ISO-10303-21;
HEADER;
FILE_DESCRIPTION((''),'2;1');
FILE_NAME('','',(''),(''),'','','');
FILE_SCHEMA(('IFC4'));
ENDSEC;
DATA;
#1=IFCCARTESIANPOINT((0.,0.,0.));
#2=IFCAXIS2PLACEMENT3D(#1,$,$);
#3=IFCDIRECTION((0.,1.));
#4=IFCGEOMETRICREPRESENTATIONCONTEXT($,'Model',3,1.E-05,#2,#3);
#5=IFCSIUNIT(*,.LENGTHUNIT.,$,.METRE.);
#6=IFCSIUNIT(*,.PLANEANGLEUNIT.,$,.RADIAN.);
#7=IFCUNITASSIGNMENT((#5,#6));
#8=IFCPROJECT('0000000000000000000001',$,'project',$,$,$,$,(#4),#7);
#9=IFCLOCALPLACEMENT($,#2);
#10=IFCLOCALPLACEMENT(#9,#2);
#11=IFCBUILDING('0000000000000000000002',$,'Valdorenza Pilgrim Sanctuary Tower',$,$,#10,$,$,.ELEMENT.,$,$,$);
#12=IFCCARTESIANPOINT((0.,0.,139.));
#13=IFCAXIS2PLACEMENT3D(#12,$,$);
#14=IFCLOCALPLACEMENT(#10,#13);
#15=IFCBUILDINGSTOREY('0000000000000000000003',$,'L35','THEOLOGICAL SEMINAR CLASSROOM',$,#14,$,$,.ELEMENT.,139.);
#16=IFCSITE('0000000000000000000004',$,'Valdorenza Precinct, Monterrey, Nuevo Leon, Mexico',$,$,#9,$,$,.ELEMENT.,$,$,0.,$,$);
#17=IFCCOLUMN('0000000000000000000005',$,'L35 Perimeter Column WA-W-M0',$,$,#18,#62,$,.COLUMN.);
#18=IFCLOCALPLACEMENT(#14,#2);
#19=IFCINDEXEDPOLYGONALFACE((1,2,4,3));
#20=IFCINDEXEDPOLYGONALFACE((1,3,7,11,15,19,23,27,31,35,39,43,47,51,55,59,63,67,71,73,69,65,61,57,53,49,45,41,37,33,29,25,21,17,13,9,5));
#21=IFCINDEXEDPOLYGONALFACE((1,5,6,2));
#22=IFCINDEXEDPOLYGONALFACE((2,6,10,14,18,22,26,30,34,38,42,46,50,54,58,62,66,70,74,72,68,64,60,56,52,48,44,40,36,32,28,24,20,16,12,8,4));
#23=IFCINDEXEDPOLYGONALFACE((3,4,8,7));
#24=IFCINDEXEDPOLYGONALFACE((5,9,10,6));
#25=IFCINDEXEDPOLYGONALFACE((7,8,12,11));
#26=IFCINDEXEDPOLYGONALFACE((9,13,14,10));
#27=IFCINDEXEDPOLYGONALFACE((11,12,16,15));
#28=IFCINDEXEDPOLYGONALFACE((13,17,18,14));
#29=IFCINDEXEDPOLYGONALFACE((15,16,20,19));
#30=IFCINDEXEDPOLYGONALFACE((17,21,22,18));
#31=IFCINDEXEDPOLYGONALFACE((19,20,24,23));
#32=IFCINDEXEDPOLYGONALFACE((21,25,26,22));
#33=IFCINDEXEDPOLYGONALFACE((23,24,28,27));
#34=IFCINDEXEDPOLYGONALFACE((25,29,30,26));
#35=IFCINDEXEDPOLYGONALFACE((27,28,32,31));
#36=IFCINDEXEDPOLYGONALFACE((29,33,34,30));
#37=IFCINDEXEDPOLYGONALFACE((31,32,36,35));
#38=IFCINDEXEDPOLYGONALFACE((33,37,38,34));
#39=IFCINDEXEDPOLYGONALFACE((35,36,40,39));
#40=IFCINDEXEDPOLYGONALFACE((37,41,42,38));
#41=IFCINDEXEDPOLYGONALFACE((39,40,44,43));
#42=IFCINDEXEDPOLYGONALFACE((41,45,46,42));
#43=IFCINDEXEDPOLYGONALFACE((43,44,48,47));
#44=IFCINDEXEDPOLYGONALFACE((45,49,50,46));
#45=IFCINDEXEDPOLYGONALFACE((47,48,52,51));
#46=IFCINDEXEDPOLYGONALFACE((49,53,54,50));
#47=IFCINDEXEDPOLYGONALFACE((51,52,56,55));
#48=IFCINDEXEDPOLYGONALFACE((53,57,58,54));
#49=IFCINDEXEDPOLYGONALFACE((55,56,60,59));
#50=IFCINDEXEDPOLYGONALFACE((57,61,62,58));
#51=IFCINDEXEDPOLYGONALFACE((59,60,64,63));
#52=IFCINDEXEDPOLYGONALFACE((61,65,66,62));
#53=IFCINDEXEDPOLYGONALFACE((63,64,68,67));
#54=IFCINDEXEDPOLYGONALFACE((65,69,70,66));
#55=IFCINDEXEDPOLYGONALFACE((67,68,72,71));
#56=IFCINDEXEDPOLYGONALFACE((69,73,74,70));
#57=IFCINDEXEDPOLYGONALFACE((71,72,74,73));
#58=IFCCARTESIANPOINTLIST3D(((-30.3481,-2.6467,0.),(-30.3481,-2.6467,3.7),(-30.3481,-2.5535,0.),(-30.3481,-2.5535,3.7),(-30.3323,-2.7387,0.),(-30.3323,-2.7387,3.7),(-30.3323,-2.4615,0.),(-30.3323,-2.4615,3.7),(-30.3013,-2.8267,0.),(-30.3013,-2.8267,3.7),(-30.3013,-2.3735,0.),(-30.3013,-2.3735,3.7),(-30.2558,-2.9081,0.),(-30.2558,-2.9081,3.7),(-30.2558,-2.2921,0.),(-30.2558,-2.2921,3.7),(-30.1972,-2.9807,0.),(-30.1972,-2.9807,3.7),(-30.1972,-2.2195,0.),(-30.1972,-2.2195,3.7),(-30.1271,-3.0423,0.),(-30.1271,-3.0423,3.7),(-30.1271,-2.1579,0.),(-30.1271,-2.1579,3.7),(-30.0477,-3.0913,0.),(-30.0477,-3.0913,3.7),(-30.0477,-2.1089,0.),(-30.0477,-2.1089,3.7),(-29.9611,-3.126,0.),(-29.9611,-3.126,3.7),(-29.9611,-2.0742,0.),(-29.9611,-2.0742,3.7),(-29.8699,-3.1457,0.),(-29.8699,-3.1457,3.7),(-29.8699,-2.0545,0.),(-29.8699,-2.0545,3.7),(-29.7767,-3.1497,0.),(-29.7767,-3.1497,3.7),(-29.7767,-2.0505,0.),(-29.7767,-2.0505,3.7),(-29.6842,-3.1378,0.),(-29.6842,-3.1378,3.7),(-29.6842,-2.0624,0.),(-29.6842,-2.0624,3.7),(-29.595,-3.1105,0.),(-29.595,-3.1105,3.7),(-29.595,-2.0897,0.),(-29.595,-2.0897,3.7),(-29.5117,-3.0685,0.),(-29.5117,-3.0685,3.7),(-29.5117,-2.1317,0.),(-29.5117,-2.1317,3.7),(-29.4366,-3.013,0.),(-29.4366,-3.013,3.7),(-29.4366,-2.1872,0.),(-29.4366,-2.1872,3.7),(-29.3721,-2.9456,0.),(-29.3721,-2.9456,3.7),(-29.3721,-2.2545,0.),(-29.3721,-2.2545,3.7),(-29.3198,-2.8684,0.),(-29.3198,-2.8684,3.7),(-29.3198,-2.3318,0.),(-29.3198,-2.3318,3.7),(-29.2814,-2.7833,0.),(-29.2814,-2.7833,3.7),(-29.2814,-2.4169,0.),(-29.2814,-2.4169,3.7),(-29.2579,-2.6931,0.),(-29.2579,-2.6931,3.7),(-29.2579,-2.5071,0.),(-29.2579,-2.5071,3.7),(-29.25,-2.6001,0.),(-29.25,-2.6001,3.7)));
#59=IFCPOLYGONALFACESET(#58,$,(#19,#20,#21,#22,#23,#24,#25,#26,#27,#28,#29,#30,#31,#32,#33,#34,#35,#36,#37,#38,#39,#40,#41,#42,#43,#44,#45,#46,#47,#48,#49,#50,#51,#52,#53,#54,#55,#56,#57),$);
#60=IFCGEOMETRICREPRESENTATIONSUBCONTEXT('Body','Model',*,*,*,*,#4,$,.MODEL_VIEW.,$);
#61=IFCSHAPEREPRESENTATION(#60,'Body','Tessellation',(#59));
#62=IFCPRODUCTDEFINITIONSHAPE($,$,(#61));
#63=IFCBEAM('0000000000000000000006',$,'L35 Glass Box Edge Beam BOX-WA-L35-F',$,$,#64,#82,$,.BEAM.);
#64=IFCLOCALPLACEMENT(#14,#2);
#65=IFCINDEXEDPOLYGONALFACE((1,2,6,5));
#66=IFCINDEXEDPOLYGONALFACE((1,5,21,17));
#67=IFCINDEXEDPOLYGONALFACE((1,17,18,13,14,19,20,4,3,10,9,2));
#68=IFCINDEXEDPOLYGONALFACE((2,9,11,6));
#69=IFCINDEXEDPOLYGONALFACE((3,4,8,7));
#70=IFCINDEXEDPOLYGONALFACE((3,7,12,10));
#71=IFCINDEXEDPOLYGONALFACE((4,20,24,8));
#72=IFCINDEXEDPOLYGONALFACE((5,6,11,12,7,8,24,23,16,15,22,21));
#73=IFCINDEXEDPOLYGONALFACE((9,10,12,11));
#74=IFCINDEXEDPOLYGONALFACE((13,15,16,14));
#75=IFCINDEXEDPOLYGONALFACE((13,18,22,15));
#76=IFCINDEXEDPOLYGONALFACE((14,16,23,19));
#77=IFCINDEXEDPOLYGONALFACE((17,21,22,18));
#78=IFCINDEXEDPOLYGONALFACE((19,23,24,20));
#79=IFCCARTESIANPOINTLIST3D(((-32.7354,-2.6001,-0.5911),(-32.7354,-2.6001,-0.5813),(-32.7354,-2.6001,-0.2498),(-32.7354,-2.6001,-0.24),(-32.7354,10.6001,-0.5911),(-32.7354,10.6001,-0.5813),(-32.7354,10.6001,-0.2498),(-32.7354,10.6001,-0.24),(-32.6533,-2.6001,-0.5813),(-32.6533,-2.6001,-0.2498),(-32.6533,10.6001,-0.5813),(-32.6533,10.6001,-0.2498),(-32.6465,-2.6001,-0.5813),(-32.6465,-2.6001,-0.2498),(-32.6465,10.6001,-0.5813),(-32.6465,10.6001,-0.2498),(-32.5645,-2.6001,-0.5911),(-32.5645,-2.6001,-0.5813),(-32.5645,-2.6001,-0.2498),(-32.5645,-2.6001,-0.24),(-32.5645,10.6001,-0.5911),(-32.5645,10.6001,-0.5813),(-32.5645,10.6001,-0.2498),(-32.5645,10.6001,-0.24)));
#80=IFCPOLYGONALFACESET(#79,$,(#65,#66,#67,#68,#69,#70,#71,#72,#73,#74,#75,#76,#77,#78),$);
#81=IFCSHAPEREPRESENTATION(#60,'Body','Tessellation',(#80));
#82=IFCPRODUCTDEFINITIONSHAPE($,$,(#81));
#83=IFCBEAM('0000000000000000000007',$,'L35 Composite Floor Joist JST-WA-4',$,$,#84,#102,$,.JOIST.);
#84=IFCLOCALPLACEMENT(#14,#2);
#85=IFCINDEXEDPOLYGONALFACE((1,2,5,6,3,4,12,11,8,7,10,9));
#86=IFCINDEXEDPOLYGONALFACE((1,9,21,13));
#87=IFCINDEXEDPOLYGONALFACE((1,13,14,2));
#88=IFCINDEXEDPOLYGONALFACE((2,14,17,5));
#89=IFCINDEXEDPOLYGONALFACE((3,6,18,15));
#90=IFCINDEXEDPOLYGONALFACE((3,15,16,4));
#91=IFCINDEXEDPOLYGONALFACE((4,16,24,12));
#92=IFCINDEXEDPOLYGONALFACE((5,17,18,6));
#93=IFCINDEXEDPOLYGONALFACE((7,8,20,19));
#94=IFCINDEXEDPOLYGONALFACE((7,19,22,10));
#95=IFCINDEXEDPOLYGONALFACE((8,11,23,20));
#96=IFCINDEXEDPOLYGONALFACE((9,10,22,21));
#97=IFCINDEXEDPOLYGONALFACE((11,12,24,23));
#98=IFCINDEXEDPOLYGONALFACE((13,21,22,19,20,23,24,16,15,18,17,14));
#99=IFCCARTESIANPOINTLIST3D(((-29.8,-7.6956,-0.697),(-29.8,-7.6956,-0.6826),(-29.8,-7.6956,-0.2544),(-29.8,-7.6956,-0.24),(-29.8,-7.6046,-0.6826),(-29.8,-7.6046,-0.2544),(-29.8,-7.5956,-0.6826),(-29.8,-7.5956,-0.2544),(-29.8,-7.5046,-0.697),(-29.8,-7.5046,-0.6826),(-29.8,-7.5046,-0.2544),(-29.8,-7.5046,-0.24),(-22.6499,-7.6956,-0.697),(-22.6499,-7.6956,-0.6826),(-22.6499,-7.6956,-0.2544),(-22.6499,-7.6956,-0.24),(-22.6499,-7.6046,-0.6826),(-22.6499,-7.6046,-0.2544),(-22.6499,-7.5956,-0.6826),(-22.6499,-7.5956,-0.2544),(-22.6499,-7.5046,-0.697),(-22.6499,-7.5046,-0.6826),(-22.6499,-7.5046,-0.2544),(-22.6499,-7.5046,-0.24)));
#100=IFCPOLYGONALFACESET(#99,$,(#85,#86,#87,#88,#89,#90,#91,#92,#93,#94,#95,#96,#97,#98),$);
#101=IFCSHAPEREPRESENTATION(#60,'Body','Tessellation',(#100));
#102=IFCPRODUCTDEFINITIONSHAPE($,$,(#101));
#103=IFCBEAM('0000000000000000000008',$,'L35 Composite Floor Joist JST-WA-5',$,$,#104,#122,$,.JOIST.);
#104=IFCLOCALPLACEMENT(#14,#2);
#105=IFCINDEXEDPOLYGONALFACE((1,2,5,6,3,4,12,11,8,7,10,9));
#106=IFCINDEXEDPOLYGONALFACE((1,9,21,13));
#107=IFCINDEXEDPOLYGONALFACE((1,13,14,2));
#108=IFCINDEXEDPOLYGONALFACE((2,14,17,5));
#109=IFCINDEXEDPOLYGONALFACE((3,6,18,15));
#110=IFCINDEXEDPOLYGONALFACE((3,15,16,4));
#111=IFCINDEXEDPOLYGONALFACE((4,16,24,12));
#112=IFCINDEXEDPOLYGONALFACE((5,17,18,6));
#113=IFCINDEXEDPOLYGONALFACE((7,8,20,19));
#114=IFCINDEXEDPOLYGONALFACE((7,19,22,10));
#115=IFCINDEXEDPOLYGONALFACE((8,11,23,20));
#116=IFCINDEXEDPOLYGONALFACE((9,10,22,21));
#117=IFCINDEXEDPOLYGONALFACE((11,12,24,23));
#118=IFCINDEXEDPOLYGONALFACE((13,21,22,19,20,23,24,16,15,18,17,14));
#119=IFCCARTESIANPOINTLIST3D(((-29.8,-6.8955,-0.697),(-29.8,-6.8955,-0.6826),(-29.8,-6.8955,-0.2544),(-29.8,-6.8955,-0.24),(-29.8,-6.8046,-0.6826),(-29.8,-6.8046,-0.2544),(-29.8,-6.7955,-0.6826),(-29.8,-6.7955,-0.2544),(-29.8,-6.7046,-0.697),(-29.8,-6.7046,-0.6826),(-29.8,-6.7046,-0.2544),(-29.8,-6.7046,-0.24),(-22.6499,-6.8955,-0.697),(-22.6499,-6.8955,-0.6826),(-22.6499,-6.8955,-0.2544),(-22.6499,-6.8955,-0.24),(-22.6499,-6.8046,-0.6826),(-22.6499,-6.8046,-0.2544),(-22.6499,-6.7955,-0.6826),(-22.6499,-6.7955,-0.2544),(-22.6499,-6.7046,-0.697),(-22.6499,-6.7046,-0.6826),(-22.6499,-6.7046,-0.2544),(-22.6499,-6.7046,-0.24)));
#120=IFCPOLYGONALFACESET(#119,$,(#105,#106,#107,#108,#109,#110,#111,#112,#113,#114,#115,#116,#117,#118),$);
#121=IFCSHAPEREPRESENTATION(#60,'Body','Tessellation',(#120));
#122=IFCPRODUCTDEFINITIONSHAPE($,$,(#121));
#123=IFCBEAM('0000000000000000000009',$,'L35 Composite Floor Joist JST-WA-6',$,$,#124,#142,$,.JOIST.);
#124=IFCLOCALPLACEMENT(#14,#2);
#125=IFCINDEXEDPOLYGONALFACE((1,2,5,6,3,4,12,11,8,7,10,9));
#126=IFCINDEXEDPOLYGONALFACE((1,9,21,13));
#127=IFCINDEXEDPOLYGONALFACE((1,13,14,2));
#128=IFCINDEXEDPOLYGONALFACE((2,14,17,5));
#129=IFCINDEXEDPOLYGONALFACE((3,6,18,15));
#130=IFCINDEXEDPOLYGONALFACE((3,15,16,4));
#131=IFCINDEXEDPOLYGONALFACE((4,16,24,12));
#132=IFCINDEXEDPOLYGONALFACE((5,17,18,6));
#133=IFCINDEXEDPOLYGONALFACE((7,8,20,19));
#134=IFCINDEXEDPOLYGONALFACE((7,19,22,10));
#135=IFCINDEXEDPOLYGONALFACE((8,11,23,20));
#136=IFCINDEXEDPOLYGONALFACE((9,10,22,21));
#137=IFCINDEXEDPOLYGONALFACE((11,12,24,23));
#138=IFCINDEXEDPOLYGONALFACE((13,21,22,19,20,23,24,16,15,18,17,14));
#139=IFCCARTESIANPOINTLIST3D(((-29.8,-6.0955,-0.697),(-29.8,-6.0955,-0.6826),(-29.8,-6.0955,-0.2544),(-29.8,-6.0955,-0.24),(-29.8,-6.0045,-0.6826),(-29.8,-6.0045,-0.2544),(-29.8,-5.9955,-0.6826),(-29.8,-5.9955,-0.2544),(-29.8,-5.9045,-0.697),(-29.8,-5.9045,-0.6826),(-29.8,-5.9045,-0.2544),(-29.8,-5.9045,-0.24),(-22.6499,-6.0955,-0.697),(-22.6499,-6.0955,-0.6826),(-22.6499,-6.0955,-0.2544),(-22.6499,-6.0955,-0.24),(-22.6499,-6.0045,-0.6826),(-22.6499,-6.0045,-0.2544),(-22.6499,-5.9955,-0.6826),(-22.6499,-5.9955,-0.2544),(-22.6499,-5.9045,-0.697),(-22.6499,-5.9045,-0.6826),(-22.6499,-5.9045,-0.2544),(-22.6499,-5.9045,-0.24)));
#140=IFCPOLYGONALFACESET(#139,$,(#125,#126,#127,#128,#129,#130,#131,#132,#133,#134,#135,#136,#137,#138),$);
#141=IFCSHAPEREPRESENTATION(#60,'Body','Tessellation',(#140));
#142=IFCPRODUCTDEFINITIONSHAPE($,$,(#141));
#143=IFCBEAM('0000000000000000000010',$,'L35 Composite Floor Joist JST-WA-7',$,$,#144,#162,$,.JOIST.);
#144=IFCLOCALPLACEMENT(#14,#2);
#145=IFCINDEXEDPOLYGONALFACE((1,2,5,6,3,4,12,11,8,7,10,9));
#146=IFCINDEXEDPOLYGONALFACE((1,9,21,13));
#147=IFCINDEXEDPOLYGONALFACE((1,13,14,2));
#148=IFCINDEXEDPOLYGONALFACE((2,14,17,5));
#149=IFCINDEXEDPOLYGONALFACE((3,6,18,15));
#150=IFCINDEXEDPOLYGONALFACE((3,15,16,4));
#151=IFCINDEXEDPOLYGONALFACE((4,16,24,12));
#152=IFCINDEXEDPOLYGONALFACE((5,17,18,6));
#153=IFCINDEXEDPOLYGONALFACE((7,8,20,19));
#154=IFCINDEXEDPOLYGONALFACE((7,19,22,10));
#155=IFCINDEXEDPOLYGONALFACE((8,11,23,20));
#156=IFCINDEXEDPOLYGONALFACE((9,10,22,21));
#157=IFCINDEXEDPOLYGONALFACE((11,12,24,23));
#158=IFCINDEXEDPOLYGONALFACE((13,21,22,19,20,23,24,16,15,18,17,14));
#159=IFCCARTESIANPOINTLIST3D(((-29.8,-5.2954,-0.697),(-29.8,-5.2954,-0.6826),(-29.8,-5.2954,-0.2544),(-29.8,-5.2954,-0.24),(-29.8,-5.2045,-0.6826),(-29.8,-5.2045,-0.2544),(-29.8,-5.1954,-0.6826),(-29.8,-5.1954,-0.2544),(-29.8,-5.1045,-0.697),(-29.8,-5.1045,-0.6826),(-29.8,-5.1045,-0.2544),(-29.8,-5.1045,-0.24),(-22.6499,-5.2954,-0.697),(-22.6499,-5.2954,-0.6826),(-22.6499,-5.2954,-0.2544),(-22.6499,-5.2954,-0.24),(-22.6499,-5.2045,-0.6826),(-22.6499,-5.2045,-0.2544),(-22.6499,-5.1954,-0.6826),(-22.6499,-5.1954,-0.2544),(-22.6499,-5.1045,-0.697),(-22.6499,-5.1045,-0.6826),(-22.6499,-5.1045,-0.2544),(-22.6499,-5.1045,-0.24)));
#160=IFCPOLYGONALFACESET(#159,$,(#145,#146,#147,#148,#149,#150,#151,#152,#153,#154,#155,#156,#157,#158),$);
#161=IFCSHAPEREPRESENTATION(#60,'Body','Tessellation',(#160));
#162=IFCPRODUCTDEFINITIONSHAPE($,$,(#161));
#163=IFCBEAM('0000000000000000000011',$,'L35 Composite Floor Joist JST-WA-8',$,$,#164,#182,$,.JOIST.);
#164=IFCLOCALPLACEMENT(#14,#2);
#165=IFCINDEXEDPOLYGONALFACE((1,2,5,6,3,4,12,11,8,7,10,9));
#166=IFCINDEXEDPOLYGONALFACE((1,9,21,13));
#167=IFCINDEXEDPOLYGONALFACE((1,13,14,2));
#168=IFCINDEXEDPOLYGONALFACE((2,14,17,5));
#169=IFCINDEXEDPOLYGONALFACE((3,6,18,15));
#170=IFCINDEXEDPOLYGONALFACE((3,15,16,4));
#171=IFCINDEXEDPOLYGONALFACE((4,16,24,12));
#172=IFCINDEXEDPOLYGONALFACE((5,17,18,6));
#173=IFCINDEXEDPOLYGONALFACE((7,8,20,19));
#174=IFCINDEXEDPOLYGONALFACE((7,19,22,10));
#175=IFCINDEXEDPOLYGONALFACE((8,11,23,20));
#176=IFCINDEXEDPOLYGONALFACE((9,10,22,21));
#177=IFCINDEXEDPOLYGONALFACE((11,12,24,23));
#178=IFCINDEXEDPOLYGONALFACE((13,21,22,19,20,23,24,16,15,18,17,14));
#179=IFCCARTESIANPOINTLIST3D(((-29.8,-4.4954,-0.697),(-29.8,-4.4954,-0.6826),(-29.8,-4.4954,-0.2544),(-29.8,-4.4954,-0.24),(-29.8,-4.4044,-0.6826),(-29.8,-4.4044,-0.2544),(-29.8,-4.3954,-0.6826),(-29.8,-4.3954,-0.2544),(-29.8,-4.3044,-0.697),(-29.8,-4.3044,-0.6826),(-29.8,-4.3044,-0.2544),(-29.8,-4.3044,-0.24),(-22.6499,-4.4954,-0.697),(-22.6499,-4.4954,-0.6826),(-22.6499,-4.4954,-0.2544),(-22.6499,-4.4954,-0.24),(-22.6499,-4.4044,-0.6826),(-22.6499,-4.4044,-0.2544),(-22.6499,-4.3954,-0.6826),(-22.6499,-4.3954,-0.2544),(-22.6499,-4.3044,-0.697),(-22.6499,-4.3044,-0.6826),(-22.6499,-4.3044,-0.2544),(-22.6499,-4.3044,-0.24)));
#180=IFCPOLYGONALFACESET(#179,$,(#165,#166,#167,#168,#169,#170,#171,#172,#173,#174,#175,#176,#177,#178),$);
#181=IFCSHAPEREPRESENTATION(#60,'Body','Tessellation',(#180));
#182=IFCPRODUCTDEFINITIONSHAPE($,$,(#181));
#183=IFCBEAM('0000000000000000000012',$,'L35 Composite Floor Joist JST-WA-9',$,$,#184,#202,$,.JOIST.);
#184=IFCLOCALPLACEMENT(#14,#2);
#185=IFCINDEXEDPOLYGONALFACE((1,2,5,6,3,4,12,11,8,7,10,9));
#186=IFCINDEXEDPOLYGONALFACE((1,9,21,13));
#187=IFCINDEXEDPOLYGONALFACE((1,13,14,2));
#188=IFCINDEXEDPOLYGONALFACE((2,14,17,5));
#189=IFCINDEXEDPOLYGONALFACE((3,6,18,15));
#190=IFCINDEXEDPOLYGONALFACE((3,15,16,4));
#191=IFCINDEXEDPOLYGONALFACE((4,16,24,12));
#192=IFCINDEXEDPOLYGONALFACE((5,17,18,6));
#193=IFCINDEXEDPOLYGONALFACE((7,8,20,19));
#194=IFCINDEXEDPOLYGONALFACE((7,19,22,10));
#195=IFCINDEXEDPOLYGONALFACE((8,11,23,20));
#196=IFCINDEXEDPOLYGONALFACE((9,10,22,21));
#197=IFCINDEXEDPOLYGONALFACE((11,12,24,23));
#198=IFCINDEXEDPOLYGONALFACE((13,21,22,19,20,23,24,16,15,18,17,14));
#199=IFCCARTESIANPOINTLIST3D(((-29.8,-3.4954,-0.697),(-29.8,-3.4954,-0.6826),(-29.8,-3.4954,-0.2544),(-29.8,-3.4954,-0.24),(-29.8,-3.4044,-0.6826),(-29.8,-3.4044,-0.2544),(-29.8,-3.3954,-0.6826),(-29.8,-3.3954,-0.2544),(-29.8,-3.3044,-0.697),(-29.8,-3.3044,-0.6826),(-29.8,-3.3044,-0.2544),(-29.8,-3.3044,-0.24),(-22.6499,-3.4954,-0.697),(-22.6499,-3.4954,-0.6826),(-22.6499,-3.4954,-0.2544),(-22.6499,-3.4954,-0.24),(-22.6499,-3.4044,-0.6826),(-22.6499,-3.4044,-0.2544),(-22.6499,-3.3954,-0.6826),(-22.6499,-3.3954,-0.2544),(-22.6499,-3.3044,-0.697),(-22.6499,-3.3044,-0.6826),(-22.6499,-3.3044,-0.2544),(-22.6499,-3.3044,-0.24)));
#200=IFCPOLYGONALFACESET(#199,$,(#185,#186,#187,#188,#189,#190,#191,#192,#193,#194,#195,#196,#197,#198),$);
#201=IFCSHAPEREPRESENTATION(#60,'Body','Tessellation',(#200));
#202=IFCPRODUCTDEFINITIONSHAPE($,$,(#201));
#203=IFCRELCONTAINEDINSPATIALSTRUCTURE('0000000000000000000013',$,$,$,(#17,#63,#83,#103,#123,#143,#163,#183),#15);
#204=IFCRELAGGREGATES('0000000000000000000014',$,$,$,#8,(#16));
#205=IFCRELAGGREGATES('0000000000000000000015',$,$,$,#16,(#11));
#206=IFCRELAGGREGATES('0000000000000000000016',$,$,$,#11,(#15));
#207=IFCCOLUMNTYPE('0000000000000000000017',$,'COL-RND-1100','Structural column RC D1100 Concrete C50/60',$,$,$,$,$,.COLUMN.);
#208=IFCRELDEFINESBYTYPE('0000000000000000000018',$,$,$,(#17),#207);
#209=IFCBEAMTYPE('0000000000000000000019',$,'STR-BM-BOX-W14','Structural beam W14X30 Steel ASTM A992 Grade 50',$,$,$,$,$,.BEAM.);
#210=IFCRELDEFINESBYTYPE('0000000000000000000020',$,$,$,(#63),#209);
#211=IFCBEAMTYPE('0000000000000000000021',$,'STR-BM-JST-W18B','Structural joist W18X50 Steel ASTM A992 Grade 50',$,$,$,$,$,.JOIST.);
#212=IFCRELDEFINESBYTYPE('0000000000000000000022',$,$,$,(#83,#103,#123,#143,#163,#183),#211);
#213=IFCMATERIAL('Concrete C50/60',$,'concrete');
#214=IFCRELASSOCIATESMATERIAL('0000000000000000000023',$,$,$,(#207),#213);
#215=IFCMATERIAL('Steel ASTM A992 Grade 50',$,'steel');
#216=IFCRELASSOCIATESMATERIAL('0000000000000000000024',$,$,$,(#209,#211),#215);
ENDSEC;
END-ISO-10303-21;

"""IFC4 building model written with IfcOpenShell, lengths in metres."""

from ifc_helpers import new_model, si_unit, direction, frame, origin, origin_2d, place, context, subcontext, project, spatial, circle, i_section, extrude, source, transform, mapped, material, material_profile, profile_set, type_object, element, save


model = new_model("IFC4")

# Units and contexts
model_context = context("Model", 3, precision=1e-05, world=origin(), true_north=direction((0.0, 1.0)))
body_context = subcontext(model_context, "Body", "Model", "MODEL_VIEW")
ifc_project = project(units=[si_unit("LENGTHUNIT", "METRE"), si_unit("PLANEANGLEUNIT", "RADIAN")], contexts=[model_context])

# Site, building, storey
site_placement = place(None, origin())
site = spatial("IfcSite", under=ifc_project, at=site_placement, Name="Valdorenza Precinct, Monterrey, Nuevo Leon, Mexico", CompositionType="ELEMENT", RefElevation=0.0)
building_placement = place(site_placement, origin())
building = spatial("IfcBuilding", under=site, at=building_placement, Name="Valdorenza Pilgrim Sanctuary Tower", CompositionType="ELEMENT")
storey_placement = place(building_placement, frame((0.0, 0.0, 139.0)))
storey = spatial("IfcBuildingStorey", under=building, at=storey_placement, Name="L35", Description="THEOLOGICAL SEMINAR CLASSROOM", CompositionType="ELEMENT", Elevation=139.0)

# Column
ifc_material_1 = material(Name="Concrete C50/60", Category="concrete")
ifc_material_profile_1 = material_profile(ifc_material_1, circle(Radius=0.55, at=origin_2d()), Name="RC D1100")
ifc_profile_set_1 = profile_set([ifc_material_profile_1], Name="Concrete C50/60")
column_type = type_object("IfcColumnType", Name="COL-RND-1100", Description="Structural column RC D1100 Concrete C50/60", PredefinedType="COLUMN", material=ifc_profile_set_1)
shared_shape_1 = source(origin(), body_context, "Body", "SweptSolid", [
    extrude(circle(Radius=0.55, at=origin_2d()), origin(), (0.0, 0.0, 1.0), 3.7),
])
column_placement = place(storey_placement, frame((-29.8, -2.6001, 0.0), z_axis=(0.0, 0.0, 1.0), x_axis=(1.0, 0.0, 0.0)))
element("IfcColumn", 1, at=column_placement, inside=storey, type_object=column_type, Name="L35 Perimeter Column WA-W-M0", PredefinedType="COLUMN", context=body_context, shape_type="MappedRepresentation", body=[
    mapped(shared_shape_1, transform((0.0, 0.0, 0.0), x_axis=(1.0, 0.0, 0.0), y_axis=(0.0, 1.0, 0.0), z_axis=(0.0, 0.0, 1.0), scale=1.0)),
])

# Beams
ifc_material_2 = material(Name="Steel ASTM A992 Grade 50", Category="steel")
ifc_material_profile_2 = material_profile(ifc_material_2, i_section(OverallWidth=0.1709, OverallDepth=0.3511, WebThickness=0.0068, FlangeThickness=0.0098, at=origin_2d()), Name="W14X30")
ifc_profile_set_2 = profile_set([ifc_material_profile_2], Name="Steel ASTM A992 Grade 50")
beam_type_1 = type_object("IfcBeamType", Name="STR-BM-BOX-W14", Description="Structural beam W14X30 Steel ASTM A992 Grade 50", PredefinedType="BEAM", material=ifc_profile_set_2)
shared_shape_2 = source(origin(), body_context, "Body", "SweptSolid", [
    extrude(i_section(OverallWidth=0.1709, OverallDepth=0.3511, WebThickness=0.0068, FlangeThickness=0.0098, at=origin_2d()), origin(), (0.0, 0.0, 1.0), 13.2002),
])
beam_placement = place(storey_placement, frame((-32.6499, -2.6001, -0.4155), z_axis=(0.0, 1.0, 0.0), x_axis=(-1.0, 0.0, 0.0)))
element("IfcBeam", 2, at=beam_placement, inside=storey, type_object=beam_type_1, Name="L35 Glass Box Edge Beam BOX-WA-L35-F", PredefinedType="BEAM", context=body_context, shape_type="MappedRepresentation", body=[
    mapped(shared_shape_2, transform((0.0, 0.0, 0.0), x_axis=(1.0, 0.0, 0.0), y_axis=(0.0, 1.0, 0.0), z_axis=(0.0, 0.0, 1.0), scale=1.0)),
])
ifc_material_profile_3 = material_profile(ifc_material_2, i_section(OverallWidth=0.1909, OverallDepth=0.457, WebThickness=0.009, FlangeThickness=0.0144, at=origin_2d()), Name="W18X50")
ifc_profile_set_3 = profile_set([ifc_material_profile_3], Name="Steel ASTM A992 Grade 50")
beam_type_2 = type_object("IfcBeamType", Name="STR-BM-JST-W18B", Description="Structural joist W18X50 Steel ASTM A992 Grade 50", PredefinedType="JOIST", material=ifc_profile_set_3)
shared_shape_3 = source(origin(), body_context, "Body", "SweptSolid", [
    extrude(i_section(OverallWidth=0.1909, OverallDepth=0.457, WebThickness=0.009, FlangeThickness=0.0144, at=origin_2d()), origin(), (0.0, 0.0, 1.0), 7.1501),
])
for number, where, z_axis, x_axis, name in (
    (3, (-29.8, -7.6001, -0.4685), (1.0, 0.0, 0.0), (0.0, 1.0, 0.0), "L35 Composite Floor Joist JST-WA-4"),
    (4, (-29.8, -6.8, -0.4685), (1.0, 0.0, 0.0), (0.0, 1.0, 0.0), "L35 Composite Floor Joist JST-WA-5"),
    (5, (-29.8, -6.0, -0.4685), (1.0, 0.0, 0.0), (0.0, 1.0, 0.0), "L35 Composite Floor Joist JST-WA-6"),
    (6, (-29.8, -5.2, -0.4685), (1.0, 0.0, 0.0), (0.0, 1.0, 0.0), "L35 Composite Floor Joist JST-WA-7"),
    (7, (-29.8, -4.3999, -0.4685), (1.0, 0.0, 0.0), (0.0, 1.0, 0.0), "L35 Composite Floor Joist JST-WA-8"),
    (8, (-29.8, -3.3999, -0.4685), (1.0, 0.0, 0.0), (0.0, 1.0, 0.0), "L35 Composite Floor Joist JST-WA-9"),
):
    element("IfcBeam", number, at=place(storey_placement, frame(where, z_axis=z_axis, x_axis=x_axis)), inside=storey, type_object=beam_type_2, Name=name, PredefinedType="JOIST", context=body_context, shape_type="MappedRepresentation", body=[
        mapped(shared_shape_3, transform((0.0, 0.0, 0.0), x_axis=(1.0, 0.0, 0.0), y_axis=(0.0, 1.0, 0.0), z_axis=(0.0, 0.0, 1.0), scale=1.0)),
    ])

save(model, "model.ifc")
